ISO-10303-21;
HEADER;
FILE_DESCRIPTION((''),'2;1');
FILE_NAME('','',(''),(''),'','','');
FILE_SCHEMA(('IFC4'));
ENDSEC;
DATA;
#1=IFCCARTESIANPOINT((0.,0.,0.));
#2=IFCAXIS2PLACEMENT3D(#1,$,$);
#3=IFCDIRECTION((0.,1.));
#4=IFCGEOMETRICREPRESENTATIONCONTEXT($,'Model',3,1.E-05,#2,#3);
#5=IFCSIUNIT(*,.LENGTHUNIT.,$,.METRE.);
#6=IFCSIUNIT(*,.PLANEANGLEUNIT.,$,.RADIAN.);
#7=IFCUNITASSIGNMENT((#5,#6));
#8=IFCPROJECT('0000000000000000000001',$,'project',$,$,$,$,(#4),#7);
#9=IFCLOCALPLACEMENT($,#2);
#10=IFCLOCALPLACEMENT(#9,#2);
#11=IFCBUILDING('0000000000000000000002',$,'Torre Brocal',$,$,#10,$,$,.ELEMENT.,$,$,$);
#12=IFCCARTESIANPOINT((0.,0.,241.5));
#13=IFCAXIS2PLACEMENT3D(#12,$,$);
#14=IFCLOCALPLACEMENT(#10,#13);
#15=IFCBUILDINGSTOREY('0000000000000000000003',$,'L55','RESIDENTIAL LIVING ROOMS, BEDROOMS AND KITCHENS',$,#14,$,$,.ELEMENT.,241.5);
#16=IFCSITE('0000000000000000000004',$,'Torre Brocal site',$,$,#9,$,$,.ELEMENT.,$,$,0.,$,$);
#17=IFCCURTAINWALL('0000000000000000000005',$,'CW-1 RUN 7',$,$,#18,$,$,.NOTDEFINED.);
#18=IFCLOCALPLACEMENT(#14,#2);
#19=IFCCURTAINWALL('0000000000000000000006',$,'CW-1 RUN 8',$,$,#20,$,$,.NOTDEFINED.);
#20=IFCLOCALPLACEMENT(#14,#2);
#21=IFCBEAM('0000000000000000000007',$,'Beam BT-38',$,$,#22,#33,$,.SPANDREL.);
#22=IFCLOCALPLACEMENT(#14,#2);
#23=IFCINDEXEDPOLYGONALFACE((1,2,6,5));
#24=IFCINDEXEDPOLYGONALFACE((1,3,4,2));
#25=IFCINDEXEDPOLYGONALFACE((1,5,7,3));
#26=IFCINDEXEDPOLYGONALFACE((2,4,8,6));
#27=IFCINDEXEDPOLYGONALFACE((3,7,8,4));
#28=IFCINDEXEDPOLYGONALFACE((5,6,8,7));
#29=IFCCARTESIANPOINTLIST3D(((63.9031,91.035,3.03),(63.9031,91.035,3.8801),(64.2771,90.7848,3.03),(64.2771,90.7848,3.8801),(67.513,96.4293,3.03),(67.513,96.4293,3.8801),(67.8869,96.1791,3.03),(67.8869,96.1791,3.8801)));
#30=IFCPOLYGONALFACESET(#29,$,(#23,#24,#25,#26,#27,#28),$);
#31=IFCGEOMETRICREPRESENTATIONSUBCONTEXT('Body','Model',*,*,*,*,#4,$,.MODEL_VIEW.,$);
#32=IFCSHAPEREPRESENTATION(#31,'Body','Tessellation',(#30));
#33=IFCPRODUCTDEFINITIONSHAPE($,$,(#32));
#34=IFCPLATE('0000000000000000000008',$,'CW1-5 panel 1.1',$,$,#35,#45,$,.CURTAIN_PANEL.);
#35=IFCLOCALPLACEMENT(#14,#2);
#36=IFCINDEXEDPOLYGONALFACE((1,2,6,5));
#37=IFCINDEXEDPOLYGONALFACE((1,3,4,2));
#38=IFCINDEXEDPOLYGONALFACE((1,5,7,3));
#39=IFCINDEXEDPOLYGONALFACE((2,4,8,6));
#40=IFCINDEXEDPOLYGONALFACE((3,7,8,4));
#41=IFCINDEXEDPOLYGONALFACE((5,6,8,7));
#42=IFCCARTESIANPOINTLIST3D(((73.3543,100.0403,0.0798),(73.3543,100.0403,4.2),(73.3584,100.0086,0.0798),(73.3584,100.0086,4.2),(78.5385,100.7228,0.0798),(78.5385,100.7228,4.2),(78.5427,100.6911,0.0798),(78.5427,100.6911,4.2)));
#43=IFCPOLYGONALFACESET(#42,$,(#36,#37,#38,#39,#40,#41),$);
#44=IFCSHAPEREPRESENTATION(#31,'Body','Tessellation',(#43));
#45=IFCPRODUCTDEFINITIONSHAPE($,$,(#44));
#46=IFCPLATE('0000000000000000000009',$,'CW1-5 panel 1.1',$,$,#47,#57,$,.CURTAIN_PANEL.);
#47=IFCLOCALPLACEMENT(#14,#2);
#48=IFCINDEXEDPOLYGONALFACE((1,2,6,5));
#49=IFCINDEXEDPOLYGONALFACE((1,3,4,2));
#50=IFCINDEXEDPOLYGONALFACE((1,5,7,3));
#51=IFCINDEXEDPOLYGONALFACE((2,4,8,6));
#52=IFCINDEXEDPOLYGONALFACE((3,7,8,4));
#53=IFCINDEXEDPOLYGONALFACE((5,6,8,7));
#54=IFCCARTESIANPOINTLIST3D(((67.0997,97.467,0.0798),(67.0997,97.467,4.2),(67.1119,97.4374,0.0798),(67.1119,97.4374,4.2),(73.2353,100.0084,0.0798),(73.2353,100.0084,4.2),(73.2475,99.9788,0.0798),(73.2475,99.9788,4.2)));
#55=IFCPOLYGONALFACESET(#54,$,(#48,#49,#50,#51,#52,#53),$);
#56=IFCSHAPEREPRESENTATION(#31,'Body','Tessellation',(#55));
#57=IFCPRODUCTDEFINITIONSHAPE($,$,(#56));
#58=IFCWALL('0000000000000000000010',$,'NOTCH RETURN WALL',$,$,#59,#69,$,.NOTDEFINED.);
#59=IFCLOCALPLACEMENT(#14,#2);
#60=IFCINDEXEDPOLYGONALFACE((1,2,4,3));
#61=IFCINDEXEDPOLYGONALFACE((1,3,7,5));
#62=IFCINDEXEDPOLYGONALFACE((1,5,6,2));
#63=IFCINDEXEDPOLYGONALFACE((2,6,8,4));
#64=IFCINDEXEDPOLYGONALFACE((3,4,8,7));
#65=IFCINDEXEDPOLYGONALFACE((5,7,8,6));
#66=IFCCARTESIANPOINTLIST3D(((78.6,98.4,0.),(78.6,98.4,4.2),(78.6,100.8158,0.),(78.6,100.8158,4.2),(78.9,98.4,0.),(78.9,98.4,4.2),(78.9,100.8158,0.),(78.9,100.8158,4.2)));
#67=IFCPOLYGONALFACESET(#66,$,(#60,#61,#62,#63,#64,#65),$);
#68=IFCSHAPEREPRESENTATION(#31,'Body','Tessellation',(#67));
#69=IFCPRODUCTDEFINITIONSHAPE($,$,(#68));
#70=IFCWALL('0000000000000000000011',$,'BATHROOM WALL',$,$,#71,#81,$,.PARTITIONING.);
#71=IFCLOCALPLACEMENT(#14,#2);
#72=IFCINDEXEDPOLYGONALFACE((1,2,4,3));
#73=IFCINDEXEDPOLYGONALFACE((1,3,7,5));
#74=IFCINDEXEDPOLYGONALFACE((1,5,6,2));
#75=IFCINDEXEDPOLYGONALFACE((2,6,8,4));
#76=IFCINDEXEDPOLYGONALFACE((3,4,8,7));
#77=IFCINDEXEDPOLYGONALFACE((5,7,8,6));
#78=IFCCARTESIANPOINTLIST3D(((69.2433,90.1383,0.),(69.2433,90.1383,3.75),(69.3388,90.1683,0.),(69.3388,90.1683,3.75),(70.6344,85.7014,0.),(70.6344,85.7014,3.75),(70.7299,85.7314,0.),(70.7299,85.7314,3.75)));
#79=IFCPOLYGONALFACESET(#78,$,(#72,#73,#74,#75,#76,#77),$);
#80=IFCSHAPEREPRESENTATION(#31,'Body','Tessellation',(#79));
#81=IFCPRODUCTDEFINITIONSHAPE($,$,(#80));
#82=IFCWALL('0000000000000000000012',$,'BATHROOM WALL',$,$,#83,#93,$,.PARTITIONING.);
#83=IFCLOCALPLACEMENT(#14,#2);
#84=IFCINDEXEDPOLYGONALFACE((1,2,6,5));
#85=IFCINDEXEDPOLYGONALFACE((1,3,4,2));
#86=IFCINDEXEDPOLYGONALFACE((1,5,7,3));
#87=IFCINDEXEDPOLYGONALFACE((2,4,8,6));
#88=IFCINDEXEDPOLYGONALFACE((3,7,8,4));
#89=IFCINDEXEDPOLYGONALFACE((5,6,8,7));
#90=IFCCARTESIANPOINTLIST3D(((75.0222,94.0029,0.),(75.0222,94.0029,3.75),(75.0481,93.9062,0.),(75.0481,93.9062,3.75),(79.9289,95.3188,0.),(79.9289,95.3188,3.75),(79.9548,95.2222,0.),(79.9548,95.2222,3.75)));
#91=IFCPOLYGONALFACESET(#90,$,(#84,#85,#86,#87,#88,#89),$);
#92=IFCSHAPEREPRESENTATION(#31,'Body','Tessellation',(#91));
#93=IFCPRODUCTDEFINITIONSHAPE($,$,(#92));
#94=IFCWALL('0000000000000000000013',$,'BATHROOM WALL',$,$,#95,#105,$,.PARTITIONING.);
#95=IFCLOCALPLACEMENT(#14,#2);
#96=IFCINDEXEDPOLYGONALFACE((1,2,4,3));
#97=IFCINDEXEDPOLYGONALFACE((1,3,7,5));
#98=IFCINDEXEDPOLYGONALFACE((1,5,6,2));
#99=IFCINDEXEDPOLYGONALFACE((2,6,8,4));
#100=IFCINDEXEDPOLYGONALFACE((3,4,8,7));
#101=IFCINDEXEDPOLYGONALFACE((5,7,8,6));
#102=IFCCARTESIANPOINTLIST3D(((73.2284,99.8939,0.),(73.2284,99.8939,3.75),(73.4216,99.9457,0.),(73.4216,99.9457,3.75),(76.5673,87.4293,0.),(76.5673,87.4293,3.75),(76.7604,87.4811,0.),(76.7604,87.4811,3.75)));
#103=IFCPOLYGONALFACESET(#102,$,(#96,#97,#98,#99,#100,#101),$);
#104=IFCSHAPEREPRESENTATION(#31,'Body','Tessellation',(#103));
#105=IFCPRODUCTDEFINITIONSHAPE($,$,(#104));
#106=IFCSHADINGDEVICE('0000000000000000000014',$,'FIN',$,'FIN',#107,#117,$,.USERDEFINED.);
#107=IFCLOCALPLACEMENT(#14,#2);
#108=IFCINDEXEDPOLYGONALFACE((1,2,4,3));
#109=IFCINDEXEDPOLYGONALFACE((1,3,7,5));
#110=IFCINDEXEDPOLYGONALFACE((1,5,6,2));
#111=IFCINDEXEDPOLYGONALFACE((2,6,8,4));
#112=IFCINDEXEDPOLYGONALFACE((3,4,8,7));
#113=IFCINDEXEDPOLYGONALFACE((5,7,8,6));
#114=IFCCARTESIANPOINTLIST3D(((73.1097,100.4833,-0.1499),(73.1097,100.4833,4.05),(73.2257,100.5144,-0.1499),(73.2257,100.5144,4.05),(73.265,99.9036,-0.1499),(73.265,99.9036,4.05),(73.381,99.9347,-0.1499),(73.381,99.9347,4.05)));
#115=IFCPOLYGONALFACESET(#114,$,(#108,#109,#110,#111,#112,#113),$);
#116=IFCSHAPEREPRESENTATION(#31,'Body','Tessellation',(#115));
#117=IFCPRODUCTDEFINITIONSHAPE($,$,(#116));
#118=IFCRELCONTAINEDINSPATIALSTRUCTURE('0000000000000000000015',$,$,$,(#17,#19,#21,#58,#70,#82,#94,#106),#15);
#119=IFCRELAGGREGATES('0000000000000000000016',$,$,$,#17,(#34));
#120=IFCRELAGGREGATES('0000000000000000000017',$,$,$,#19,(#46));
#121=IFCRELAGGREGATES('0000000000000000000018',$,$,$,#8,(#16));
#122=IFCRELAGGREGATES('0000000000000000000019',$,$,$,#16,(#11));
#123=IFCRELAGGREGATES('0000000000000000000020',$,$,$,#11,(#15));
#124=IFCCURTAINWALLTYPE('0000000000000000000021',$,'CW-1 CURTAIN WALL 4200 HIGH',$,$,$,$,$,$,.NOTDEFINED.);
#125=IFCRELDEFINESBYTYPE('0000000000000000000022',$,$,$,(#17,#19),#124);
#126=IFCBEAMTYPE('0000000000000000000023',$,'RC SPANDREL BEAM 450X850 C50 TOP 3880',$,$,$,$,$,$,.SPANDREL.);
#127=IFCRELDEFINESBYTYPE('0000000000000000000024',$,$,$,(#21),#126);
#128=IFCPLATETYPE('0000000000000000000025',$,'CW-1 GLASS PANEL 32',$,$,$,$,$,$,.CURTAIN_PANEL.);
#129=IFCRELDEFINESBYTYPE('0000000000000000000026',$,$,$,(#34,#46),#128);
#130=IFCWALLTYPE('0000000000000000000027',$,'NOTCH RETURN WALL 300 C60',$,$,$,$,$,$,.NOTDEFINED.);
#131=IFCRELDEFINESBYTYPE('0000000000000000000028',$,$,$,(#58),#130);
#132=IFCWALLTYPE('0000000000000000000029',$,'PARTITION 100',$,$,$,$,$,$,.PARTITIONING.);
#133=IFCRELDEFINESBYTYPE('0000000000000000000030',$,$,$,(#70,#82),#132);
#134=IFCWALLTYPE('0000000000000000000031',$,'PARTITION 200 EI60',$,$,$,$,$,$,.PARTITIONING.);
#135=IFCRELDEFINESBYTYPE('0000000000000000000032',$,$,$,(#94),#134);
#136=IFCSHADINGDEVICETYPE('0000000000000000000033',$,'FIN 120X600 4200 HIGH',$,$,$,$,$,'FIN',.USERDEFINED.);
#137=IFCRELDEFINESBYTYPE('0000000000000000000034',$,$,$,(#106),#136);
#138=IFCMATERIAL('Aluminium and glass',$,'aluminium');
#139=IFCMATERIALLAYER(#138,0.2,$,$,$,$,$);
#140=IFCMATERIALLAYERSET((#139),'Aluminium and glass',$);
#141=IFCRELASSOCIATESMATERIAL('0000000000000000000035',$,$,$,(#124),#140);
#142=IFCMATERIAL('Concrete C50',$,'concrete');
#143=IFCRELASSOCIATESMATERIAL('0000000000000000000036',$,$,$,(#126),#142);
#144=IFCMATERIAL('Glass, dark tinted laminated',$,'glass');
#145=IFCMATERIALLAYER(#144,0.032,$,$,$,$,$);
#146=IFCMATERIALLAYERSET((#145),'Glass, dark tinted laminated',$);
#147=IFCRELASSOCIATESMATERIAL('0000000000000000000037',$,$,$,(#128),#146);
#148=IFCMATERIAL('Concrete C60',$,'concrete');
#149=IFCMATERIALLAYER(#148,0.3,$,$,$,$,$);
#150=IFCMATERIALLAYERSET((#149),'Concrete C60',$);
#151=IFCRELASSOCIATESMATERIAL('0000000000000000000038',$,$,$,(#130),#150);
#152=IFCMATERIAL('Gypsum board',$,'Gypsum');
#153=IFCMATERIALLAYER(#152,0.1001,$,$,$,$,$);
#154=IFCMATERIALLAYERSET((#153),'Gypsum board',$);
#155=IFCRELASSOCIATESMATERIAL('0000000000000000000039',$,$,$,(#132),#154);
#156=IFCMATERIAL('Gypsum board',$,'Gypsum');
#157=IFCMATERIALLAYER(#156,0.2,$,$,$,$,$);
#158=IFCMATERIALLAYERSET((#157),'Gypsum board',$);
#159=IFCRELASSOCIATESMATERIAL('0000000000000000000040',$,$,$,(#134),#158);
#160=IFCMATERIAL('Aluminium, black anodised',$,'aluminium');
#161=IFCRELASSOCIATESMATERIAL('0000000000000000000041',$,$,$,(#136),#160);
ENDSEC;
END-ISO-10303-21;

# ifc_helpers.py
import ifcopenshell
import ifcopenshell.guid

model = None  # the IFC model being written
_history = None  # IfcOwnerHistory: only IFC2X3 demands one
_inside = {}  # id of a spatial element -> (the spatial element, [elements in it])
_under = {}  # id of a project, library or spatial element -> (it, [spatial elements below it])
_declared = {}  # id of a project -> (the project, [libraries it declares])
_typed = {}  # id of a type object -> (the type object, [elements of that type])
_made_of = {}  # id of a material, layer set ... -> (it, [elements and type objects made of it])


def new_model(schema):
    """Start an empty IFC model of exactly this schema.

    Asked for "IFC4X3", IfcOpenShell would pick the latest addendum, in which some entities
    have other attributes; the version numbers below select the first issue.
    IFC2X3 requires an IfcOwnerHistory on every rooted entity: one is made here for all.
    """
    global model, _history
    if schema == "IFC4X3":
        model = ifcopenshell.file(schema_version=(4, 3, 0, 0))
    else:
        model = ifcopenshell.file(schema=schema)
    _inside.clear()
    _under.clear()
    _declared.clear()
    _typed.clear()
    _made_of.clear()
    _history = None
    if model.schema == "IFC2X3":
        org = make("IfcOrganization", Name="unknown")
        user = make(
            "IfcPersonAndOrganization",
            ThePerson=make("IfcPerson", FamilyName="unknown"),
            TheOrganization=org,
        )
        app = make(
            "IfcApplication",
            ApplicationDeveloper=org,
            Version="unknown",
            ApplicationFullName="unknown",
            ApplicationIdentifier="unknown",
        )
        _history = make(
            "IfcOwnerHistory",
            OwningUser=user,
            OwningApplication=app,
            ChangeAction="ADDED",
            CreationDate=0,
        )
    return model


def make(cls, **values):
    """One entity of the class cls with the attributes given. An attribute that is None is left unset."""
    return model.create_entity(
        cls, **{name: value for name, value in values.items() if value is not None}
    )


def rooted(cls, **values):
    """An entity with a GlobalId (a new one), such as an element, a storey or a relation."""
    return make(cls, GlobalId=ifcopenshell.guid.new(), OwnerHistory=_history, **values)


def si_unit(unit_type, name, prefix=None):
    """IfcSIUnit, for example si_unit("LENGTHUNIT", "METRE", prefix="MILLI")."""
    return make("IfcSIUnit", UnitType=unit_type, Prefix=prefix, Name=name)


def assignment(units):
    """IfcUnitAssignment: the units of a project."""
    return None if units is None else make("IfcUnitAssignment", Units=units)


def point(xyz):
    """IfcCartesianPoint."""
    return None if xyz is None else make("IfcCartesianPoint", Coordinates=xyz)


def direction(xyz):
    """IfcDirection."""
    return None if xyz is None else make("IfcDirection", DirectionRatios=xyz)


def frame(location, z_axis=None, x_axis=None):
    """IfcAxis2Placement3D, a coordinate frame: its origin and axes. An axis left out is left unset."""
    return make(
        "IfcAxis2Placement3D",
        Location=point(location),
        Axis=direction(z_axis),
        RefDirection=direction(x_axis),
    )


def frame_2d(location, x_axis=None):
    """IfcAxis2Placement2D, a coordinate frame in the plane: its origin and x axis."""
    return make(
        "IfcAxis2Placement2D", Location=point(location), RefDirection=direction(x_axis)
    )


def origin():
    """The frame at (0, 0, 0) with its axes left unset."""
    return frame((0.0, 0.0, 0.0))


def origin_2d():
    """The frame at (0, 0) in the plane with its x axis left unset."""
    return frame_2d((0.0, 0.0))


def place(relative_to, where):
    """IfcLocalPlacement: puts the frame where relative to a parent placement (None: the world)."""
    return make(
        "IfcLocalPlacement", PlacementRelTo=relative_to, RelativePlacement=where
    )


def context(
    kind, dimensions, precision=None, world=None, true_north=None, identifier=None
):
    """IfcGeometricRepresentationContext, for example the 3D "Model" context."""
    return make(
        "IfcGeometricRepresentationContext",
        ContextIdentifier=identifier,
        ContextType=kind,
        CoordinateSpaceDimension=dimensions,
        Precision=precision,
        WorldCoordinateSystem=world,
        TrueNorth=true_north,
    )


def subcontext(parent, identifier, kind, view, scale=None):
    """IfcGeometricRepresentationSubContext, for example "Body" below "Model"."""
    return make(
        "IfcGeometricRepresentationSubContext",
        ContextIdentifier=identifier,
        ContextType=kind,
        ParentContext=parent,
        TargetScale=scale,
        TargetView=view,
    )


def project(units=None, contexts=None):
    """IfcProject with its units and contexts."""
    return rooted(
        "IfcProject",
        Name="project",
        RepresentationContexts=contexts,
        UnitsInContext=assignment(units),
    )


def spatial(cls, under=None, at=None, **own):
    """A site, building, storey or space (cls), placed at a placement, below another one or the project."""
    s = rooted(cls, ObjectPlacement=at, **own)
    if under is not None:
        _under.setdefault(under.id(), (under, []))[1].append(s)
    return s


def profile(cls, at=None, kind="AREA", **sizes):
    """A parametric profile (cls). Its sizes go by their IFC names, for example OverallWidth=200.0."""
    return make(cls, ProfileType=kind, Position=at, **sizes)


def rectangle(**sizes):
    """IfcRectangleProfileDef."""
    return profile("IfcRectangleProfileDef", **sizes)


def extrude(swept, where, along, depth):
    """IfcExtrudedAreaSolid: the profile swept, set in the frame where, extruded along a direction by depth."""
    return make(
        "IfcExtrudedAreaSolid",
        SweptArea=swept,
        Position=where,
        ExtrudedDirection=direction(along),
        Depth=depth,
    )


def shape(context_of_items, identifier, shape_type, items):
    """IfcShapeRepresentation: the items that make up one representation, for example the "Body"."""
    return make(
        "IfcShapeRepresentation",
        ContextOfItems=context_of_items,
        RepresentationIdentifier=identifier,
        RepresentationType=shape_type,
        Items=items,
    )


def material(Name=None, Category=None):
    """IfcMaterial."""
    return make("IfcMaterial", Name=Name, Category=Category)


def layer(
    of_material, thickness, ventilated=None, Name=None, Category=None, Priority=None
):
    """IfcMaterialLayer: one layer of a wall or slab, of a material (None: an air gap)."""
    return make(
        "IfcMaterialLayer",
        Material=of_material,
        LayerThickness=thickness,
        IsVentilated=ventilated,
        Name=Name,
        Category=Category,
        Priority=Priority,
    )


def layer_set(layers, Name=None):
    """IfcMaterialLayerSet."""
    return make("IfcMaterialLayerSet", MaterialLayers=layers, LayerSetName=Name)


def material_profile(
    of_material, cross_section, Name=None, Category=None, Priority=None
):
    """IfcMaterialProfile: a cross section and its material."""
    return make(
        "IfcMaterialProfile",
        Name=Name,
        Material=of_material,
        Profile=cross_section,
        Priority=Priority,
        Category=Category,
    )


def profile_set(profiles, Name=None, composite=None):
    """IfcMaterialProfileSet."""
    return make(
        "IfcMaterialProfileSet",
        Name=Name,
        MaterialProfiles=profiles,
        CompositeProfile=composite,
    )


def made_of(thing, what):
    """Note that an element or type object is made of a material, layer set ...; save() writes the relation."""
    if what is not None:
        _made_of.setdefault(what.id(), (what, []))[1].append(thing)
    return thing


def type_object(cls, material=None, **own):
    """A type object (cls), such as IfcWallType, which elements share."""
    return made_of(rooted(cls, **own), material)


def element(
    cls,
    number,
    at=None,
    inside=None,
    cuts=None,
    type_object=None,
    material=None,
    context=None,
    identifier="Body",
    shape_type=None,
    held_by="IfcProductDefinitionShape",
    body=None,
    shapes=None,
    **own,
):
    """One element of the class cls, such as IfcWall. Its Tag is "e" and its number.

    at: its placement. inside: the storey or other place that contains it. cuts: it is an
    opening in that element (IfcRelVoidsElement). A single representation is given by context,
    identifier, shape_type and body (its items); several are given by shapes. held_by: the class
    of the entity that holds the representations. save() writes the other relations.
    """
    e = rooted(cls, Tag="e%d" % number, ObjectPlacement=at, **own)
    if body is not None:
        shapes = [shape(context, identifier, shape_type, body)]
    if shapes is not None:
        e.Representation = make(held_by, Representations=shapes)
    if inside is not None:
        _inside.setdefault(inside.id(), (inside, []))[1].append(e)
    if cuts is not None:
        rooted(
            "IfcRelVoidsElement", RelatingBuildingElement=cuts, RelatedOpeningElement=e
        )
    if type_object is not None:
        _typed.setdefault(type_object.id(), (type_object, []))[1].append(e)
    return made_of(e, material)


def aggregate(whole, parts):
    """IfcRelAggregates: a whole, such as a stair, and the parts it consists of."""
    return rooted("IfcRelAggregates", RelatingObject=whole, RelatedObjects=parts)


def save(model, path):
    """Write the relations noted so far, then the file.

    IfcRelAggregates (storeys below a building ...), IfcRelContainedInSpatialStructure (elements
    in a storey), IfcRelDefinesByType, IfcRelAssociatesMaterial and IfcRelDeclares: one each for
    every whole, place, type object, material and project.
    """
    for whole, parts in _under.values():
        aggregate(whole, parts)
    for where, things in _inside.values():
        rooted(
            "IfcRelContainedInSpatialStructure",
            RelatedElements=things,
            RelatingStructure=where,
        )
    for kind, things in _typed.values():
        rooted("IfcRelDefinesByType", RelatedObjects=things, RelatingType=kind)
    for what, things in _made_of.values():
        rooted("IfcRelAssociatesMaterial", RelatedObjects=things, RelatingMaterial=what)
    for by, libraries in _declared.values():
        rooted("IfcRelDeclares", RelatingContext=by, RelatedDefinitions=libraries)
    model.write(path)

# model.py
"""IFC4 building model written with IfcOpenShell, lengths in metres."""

from ifc_helpers import new_model, si_unit, direction, frame, frame_2d, origin, origin_2d, place, context, subcontext, project, spatial, rectangle, extrude, material, layer, layer_set, material_profile, profile_set, type_object, element, aggregate, save


model = new_model("IFC4")

# Units and contexts
model_context = context("Model", 3, precision=1e-05, world=origin(), true_north=direction((0.0, 1.0)))
body_context = subcontext(model_context, "Body", "Model", "MODEL_VIEW")
ifc_project = project(units=[si_unit("LENGTHUNIT", "METRE"), si_unit("PLANEANGLEUNIT", "RADIAN")], contexts=[model_context])

# Site, building, storey
site_placement = place(None, origin())
site = spatial("IfcSite", under=ifc_project, at=site_placement, Name="Torre Brocal site", CompositionType="ELEMENT", RefElevation=0.0)
building_placement = place(site_placement, origin())
building = spatial("IfcBuilding", under=site, at=building_placement, Name="Torre Brocal", CompositionType="ELEMENT")
storey_placement = place(building_placement, frame((0.0, 0.0, 241.5)))
storey = spatial("IfcBuildingStorey", under=building, at=storey_placement, Name="L55", Description="RESIDENTIAL LIVING ROOMS, BEDROOMS AND KITCHENS", CompositionType="ELEMENT", Elevation=241.5)

# Curtain wall
ifc_material_1 = material(Name="Aluminium and glass", Category="aluminium")
ifc_layer_1 = layer(ifc_material_1, 0.2)
ifc_layer_set_1 = layer_set([ifc_layer_1], Name="Aluminium and glass")
curtain_wall_type = type_object("IfcCurtainWallType", Name="CW-1 CURTAIN WALL 4200 HIGH", PredefinedType="NOTDEFINED", material=ifc_layer_set_1)
curtain_wall_1_placement = place(storey_placement, origin())
curtain_wall_1 = element("IfcCurtainWall", 1, at=curtain_wall_1_placement, inside=storey, type_object=curtain_wall_type, Name="CW-1 RUN 7", PredefinedType="NOTDEFINED")

# Curtain wall
curtain_wall_2_placement = place(storey_placement, origin())
curtain_wall_2 = element("IfcCurtainWall", 2, at=curtain_wall_2_placement, inside=storey, type_object=curtain_wall_type, Name="CW-1 RUN 8", PredefinedType="NOTDEFINED")

# Beam
ifc_material_2 = material(Name="Concrete C50", Category="concrete")
ifc_material_profile_1 = material_profile(ifc_material_2, rectangle(XDim=0.45, YDim=0.8501, at=origin_2d()), Name="RC 450X850")
ifc_profile_set_1 = profile_set([ifc_material_profile_1], Name="Concrete C50")
beam_type_1 = type_object("IfcBeamType", Name="RC SPANDREL BEAM 450X850 C50 TOP 3880", PredefinedType="SPANDREL", material=ifc_profile_set_1)
beam_1_placement = place(storey_placement, frame((67.7, 96.3042, 3.4551), z_axis=(-0.556158, -0.831077, 0.0), x_axis=(0.831077, -0.556158, 0.0)))
element("IfcBeam", 3, at=beam_1_placement, inside=storey, type_object=beam_type_1, Name="Beam BT-38", PredefinedType="SPANDREL", context=body_context, shape_type="SweptSolid", body=[
    extrude(rectangle(XDim=0.45, YDim=0.8501, at=origin_2d()), origin(), (0.0, 0.0, 1.0), 6.4907),
])

# Plates
ifc_material_3 = material(Name="Glass, dark tinted laminated", Category="glass")
ifc_layer_2 = layer(ifc_material_3, 0.032)
ifc_layer_set_2 = layer_set([ifc_layer_2], Name="Glass, dark tinted laminated")
plate_type = type_object("IfcPlateType", Name="CW-1 GLASS PANEL 32", PredefinedType="CURTAIN_PANEL", material=ifc_layer_set_2)
plate_1_placement = place(storey_placement, frame((75.9485, 100.3657, 0.0798), z_axis=(0.0, 0.0, 1.0), x_axis=(-0.991445, -0.130526, 0.0)))
plate_1 = element("IfcPlate", 4, at=plate_1_placement, type_object=plate_type, Name="CW1-5 panel 1.1", PredefinedType="CURTAIN_PANEL", context=body_context, shape_type="SweptSolid", body=[
    extrude(rectangle(XDim=5.229, YDim=0.032, at=origin_2d()), origin(), (0.0, 0.0, 1.0), 4.1201),
])
aggregate(curtain_wall_1, [plate_1])
plate_2_placement = place(storey_placement, frame((70.1736, 98.7229, 0.0798), z_axis=(0.0, 0.0, 1.0), x_axis=(-0.92388, -0.382683, 0.0)))
plate_2 = element("IfcPlate", 5, at=plate_2_placement, type_object=plate_type, Name="CW1-5 panel 1.1", PredefinedType="CURTAIN_PANEL", context=body_context, shape_type="SweptSolid", body=[
    extrude(rectangle(XDim=6.6411, YDim=0.032, at=origin_2d()), origin(), (0.0, 0.0, 1.0), 4.1201),
])
aggregate(curtain_wall_2, [plate_2])

# Walls
ifc_material_4 = material(Name="Concrete C60", Category="concrete")
ifc_layer_3 = layer(ifc_material_4, 0.3)
ifc_layer_set_3 = layer_set([ifc_layer_3], Name="Concrete C60")
wall_type_1 = type_object("IfcWallType", Name="NOTCH RETURN WALL 300 C60", PredefinedType="NOTDEFINED", material=ifc_layer_set_3)
wall_1_placement = place(storey_placement, frame((78.75, 98.3999, 0.0), z_axis=(0.0, 0.0, 1.0), x_axis=(0.0, 1.0, 0.0)))
element("IfcWall", 6, at=wall_1_placement, inside=storey, type_object=wall_type_1, Name="NOTCH RETURN WALL", PredefinedType="NOTDEFINED", context=body_context, shape_type="SweptSolid", body=[
    extrude(rectangle(XDim=2.4158, YDim=0.3, at=frame_2d((1.208, 0.0))), origin(), (0.0, 0.0, 1.0), 4.2),
])
ifc_material_5 = material(Name="Gypsum board", Category="Gypsum")
ifc_layer_4 = layer(ifc_material_5, 0.1001)
ifc_layer_set_4 = layer_set([ifc_layer_4], Name="Gypsum board")
wall_type_2 = type_object("IfcWallType", Name="PARTITION 100", PredefinedType="PARTITIONING", material=ifc_layer_set_4)
wall_2_placement = place(storey_placement, frame((69.291, 90.1533, 0.0), z_axis=(0.0, 0.0, 1.0), x_axis=(0.299166, -0.954201, 0.0)))
element("IfcWall", 7, at=wall_2_placement, inside=storey, type_object=wall_type_2, Name="BATHROOM WALL", PredefinedType="PARTITIONING", context=body_context, shape_type="SweptSolid", body=[
    extrude(rectangle(XDim=4.6499, YDim=0.1001, at=frame_2d((2.325, 0.0))), origin(), (0.0, 0.0, 1.0), 3.75),
])
wall_3_placement = place(storey_placement, frame((75.0352, 93.9546, 0.0), z_axis=(0.0, 0.0, 1.0), x_axis=(0.965869, 0.259032, 0.0)))
element("IfcWall", 8, at=wall_3_placement, inside=storey, type_object=wall_type_2, Name="BATHROOM WALL", PredefinedType="PARTITIONING", context=body_context, shape_type="SweptSolid", body=[
    extrude(rectangle(XDim=5.0801, YDim=0.1001, at=frame_2d((2.54, 0.0))), origin(), (0.0, 0.0, 1.0), 3.75),
])
ifc_material_6 = material(Name="Gypsum board", Category="Gypsum")
ifc_layer_5 = layer(ifc_material_6, 0.2)
ifc_layer_set_5 = layer_set([ifc_layer_5], Name="Gypsum board")
wall_type_3 = type_object("IfcWallType", Name="PARTITION 200 EI60", PredefinedType="PARTITIONING", material=ifc_layer_set_5)
wall_4_placement = place(storey_placement, frame((73.325, 99.9199, 0.0), z_axis=(0.0, 0.0, 1.0), x_axis=(0.258746, -0.965945, 0.0)))
element("IfcWall", 9, at=wall_4_placement, inside=storey, type_object=wall_type_3, Name="BATHROOM WALL", PredefinedType="PARTITIONING", context=body_context, shape_type="SweptSolid", body=[
    extrude(rectangle(XDim=12.9041, YDim=0.2, at=frame_2d((6.4521, 0.0))), origin(), (0.0, 0.0, 1.0), 3.75),
])

# Shading device
ifc_material_7 = material(Name="Aluminium, black anodised", Category="aluminium")
ifc_material_profile_2 = material_profile(ifc_material_7, rectangle(XDim=0.1201, YDim=0.6001, at=origin_2d()), Name="FIN 120X600 4200 HIGH")
ifc_profile_set_2 = profile_set([ifc_material_profile_2], Name="Aluminium, black anodised")
shading_device_type = type_object("IfcShadingDeviceType", Name="FIN 120X600 4200 HIGH", ElementType="FIN", PredefinedType="USERDEFINED", material=ifc_profile_set_2)
shading_device_placement = place(storey_placement, frame((73.2454, 100.209, -0.1499), z_axis=(0.0, 0.0, 1.0), x_axis=(-0.965926, -0.258819, 0.0)))
element("IfcShadingDevice", 10, at=shading_device_placement, inside=storey, type_object=shading_device_type, Name="FIN", ObjectType="FIN", PredefinedType="USERDEFINED", context=body_context, shape_type="SweptSolid", body=[
    extrude(rectangle(XDim=0.1201, YDim=0.6001, at=origin_2d()), origin(), (0.0, 0.0, 1.0), 4.2),
])

save(model, "model.ifc")
